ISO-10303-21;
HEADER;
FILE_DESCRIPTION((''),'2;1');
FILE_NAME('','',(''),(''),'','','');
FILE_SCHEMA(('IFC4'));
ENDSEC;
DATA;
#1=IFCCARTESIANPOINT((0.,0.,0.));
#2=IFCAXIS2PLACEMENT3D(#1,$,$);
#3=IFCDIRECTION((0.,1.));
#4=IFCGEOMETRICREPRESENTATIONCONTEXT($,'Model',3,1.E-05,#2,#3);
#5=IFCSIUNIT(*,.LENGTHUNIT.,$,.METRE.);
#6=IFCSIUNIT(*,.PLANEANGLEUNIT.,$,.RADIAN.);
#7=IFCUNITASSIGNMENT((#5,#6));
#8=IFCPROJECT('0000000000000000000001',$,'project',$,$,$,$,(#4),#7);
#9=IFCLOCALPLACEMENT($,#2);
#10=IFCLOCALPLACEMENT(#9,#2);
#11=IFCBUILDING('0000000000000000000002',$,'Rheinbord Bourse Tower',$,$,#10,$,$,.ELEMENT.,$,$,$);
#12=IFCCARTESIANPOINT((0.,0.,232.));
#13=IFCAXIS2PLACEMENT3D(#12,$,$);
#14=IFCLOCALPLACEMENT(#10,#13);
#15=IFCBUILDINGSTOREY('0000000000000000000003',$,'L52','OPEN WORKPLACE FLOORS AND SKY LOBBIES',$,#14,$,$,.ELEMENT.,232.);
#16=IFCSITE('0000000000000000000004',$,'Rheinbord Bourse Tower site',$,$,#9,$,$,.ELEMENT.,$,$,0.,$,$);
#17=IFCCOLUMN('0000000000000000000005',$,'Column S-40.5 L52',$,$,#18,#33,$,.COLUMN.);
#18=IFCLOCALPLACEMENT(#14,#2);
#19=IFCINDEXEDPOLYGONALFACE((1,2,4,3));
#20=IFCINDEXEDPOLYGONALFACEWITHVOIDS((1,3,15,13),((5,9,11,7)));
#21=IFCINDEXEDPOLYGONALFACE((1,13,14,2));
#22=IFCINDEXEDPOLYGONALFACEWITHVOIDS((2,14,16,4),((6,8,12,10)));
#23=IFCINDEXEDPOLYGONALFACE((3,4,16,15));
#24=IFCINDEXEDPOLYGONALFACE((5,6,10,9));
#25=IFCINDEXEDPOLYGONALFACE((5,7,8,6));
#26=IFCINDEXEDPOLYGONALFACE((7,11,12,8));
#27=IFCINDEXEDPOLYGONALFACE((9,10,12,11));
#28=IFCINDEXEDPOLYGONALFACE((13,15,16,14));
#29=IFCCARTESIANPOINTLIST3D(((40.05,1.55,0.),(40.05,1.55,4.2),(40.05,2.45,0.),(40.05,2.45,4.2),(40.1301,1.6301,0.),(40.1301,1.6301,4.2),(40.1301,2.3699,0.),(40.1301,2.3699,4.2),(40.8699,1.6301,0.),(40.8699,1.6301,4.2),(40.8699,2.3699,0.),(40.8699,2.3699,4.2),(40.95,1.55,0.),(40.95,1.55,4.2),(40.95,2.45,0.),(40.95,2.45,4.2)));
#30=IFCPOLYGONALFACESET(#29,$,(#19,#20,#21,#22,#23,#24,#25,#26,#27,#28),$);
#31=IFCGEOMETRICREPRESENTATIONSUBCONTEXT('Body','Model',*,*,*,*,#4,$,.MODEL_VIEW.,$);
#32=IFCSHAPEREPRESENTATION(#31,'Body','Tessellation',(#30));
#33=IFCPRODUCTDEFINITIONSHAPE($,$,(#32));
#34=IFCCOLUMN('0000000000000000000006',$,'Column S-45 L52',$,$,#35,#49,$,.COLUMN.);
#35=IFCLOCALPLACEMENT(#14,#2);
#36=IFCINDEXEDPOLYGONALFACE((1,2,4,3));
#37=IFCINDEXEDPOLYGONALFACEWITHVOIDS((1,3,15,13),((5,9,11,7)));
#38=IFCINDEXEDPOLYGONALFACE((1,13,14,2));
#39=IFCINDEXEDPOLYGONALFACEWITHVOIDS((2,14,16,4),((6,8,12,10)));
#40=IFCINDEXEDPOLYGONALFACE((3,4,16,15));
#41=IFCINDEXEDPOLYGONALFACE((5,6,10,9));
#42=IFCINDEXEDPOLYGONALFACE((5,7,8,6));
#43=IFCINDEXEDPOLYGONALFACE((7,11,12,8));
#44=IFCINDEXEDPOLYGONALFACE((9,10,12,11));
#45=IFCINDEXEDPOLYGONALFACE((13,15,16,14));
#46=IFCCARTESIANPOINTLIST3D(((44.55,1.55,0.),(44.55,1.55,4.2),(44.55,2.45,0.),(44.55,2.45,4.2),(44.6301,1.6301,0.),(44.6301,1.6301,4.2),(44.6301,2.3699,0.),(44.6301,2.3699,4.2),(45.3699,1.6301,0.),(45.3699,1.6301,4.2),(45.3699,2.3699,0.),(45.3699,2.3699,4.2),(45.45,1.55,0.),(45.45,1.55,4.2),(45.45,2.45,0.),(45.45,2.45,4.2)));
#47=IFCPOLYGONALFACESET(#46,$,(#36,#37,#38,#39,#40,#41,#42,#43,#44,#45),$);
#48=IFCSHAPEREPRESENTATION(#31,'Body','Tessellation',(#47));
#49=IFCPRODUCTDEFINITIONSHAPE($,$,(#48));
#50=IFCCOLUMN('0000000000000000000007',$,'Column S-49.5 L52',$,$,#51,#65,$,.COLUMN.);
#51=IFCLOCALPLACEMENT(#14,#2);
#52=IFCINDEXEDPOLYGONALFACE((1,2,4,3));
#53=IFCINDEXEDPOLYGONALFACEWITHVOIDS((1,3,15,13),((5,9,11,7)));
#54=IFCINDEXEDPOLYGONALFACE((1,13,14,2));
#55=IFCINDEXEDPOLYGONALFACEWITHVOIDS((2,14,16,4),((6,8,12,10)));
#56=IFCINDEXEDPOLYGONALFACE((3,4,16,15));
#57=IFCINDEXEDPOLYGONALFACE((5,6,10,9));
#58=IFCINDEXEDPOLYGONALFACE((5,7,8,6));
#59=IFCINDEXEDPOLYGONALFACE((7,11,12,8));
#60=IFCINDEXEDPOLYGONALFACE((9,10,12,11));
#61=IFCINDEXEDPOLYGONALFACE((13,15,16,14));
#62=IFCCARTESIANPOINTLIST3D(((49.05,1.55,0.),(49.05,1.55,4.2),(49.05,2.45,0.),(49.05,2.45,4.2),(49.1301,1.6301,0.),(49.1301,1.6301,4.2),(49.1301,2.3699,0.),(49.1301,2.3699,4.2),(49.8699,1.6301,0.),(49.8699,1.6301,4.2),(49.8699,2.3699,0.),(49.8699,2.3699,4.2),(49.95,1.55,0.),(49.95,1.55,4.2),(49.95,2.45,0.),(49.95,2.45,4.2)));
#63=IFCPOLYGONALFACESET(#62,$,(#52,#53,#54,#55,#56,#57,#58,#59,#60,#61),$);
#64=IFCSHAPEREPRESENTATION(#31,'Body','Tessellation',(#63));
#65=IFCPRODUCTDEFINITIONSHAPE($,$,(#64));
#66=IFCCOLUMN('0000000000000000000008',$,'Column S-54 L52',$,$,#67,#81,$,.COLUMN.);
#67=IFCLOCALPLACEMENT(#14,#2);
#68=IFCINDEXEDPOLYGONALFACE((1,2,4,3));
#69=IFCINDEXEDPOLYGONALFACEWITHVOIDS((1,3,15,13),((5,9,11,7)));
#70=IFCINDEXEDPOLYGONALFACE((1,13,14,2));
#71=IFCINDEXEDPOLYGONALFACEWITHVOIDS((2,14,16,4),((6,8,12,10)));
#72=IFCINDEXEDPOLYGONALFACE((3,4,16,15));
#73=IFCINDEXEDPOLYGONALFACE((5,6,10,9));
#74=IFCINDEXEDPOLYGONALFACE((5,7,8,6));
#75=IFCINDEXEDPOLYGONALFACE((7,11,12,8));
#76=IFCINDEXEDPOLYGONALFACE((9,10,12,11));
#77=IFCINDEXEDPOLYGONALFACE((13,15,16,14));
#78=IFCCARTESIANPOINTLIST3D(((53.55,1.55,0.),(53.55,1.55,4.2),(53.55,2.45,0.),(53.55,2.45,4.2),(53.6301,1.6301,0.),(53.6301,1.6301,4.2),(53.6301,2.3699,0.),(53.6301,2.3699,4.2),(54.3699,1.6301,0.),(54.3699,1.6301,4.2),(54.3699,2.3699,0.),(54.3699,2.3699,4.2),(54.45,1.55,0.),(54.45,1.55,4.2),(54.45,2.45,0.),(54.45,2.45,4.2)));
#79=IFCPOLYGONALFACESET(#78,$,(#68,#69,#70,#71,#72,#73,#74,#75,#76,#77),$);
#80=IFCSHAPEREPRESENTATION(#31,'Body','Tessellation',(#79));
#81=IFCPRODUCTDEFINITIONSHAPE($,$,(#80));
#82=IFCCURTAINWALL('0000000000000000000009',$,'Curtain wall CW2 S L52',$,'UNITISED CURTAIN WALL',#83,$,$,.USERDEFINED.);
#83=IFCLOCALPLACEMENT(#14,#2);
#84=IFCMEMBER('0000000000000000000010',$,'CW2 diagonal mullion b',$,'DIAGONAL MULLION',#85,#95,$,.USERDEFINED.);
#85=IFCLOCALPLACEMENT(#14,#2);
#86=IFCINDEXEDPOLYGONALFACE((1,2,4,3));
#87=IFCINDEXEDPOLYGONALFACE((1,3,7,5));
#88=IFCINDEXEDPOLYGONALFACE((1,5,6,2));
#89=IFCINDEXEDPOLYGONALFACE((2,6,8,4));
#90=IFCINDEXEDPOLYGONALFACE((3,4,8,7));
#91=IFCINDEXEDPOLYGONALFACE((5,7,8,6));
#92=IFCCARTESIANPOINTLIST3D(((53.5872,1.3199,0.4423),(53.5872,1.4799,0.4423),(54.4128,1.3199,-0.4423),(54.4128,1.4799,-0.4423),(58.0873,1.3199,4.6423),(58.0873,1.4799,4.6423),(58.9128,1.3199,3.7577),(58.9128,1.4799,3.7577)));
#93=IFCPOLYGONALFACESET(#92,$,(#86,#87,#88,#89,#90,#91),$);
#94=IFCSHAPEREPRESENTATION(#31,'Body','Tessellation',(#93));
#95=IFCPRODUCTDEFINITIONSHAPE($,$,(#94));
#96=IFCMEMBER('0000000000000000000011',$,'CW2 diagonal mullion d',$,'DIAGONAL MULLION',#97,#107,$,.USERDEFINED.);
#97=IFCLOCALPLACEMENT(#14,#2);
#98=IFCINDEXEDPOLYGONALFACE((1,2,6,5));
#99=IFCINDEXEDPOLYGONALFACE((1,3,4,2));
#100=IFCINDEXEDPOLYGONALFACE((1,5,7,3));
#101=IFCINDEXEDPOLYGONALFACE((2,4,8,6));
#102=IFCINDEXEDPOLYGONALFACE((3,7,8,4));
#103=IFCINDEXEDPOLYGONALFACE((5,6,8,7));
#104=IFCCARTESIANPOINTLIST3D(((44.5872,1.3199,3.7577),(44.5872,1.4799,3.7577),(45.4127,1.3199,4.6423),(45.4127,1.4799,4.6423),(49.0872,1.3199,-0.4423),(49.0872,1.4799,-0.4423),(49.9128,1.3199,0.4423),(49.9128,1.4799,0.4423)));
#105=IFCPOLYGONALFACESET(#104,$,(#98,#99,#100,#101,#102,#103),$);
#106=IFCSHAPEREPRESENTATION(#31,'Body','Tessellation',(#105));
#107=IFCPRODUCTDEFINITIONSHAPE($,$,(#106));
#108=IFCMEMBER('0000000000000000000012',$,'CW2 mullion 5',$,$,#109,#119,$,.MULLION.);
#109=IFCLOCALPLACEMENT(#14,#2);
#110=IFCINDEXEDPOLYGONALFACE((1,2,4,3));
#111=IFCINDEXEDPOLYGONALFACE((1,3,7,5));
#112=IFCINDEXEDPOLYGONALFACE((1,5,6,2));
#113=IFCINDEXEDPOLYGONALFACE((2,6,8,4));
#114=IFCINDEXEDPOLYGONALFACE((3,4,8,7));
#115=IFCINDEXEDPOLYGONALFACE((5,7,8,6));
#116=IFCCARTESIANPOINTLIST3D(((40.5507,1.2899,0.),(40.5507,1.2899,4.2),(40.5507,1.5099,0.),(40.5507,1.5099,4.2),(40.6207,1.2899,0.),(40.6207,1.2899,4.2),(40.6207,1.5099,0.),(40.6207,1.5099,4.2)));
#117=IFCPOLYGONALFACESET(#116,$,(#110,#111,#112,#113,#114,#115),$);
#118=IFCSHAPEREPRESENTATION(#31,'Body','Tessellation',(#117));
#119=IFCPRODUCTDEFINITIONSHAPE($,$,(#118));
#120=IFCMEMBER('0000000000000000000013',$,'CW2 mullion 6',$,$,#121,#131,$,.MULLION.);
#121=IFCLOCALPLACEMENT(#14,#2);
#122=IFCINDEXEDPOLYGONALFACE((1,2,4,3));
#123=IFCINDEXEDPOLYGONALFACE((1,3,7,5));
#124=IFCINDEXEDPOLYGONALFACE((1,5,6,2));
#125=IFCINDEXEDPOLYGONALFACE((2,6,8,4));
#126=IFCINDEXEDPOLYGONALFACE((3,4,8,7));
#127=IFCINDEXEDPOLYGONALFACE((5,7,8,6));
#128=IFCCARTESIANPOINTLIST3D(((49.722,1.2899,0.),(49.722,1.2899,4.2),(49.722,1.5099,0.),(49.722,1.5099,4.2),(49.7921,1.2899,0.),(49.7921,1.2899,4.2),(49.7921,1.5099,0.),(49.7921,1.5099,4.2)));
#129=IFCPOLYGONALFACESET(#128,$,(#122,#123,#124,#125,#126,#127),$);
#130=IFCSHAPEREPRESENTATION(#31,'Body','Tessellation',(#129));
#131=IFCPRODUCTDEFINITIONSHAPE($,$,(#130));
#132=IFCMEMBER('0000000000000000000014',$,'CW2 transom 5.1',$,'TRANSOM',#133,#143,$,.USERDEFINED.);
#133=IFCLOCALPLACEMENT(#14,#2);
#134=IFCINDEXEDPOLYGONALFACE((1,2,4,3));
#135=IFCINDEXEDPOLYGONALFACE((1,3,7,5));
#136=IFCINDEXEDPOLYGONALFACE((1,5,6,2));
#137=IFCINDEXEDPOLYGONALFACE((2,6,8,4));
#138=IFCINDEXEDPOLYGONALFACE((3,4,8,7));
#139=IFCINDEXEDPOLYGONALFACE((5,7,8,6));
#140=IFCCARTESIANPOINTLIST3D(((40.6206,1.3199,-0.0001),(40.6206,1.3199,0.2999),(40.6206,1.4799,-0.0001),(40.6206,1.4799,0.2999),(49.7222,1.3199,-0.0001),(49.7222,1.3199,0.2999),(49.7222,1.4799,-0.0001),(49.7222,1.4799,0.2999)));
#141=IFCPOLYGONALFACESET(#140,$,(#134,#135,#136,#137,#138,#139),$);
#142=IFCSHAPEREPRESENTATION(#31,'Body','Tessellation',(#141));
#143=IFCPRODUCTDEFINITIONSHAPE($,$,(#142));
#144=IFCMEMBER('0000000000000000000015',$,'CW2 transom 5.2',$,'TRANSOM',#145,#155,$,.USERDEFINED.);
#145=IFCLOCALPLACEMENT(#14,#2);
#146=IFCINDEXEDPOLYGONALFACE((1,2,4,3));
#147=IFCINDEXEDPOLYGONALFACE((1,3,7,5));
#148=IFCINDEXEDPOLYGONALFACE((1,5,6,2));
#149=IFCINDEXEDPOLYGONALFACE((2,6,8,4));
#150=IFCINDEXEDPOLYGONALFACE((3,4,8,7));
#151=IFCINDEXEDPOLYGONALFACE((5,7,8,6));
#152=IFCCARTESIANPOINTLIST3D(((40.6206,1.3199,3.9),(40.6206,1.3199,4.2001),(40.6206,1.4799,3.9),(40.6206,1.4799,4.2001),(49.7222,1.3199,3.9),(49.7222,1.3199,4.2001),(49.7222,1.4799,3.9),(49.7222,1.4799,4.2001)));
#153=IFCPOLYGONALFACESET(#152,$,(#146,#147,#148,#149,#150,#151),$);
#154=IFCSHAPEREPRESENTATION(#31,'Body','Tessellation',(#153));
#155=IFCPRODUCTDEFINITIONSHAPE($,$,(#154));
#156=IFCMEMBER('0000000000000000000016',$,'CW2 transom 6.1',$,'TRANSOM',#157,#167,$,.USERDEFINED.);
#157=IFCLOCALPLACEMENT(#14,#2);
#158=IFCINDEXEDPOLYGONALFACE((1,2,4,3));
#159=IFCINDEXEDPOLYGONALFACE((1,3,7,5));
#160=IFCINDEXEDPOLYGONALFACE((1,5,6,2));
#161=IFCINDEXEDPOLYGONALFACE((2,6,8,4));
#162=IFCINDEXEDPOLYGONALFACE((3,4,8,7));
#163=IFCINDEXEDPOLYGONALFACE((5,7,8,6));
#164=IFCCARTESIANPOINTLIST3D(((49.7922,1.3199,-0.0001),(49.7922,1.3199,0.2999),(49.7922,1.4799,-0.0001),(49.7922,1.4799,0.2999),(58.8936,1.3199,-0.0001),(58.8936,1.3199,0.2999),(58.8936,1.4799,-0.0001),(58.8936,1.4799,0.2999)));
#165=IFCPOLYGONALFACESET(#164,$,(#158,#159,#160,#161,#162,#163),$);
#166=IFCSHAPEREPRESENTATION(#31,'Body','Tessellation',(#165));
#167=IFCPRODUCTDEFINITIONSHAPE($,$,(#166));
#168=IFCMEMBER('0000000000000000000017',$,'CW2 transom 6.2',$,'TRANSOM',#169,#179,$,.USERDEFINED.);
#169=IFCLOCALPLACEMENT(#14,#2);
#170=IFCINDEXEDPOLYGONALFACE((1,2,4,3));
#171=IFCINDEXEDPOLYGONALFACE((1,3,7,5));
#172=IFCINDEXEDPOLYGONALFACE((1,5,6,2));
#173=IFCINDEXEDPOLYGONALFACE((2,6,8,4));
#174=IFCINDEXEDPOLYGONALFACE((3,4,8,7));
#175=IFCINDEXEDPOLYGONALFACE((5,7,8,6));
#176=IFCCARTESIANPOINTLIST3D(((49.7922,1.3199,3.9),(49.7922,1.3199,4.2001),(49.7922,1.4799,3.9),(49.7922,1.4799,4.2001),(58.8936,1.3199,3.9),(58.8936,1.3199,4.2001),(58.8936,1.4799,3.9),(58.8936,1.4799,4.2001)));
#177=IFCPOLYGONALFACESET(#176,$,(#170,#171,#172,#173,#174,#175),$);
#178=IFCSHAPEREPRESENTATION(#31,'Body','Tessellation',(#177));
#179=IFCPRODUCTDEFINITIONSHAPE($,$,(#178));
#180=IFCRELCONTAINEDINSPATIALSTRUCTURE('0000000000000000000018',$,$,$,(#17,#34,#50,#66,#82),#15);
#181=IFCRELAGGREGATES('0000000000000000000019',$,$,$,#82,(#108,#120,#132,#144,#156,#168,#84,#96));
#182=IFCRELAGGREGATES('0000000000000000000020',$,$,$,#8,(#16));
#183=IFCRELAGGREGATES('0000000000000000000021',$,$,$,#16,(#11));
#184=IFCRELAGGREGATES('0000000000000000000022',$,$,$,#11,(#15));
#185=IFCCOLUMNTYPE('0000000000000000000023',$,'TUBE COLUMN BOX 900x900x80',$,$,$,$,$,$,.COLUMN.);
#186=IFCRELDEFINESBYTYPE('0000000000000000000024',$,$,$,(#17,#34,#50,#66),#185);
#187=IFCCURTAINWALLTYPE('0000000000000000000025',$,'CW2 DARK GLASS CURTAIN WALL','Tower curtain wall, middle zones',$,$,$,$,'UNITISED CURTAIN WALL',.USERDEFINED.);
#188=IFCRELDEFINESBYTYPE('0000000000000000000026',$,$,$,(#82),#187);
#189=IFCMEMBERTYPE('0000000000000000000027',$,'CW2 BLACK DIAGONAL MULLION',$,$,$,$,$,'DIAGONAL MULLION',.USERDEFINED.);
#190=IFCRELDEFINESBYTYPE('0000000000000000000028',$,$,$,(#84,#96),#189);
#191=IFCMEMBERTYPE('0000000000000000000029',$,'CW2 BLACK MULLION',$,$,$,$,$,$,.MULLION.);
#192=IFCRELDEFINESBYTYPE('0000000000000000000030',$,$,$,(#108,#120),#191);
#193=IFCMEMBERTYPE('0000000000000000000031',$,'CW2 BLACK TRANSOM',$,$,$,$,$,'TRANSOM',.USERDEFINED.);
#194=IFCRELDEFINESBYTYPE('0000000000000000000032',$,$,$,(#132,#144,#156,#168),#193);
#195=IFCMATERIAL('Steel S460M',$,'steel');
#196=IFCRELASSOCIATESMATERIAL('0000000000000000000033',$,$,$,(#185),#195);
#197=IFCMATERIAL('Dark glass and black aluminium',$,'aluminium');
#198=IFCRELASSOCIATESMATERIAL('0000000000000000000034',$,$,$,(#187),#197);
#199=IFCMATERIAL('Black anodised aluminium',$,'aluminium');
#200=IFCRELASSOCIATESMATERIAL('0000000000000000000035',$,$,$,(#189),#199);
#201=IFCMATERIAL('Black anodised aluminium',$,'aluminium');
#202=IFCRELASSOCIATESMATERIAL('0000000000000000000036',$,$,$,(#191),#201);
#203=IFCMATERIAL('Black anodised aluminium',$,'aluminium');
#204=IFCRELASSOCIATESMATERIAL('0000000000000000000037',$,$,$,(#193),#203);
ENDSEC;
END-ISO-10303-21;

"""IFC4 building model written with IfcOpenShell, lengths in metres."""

from ifc_helpers import new_model, si_unit, direction, frame, origin, origin_2d, place, context, subcontext, project, spatial, rectangle, hollow_rectangle, extrude, material, material_profile, profile_set, type_object, element, aggregate, save


model = new_model("IFC4")

# Units and contexts
model_context = context("Model", 3, precision=1e-05, world=origin(), true_north=direction((0.0, 1.0)))
body_context = subcontext(model_context, "Body", "Model", "MODEL_VIEW")
ifc_project = project(units=[si_unit("LENGTHUNIT", "METRE"), si_unit("PLANEANGLEUNIT", "RADIAN")], contexts=[model_context])

# Site, building, storey
site_placement = place(None, origin())
site = spatial("IfcSite", under=ifc_project, at=site_placement, Name="Rheinbord Bourse Tower site", CompositionType="ELEMENT", RefElevation=0.0)
building_placement = place(site_placement, origin())
building = spatial("IfcBuilding", under=site, at=building_placement, Name="Rheinbord Bourse Tower", CompositionType="ELEMENT")
storey_placement = place(building_placement, frame((0.0, 0.0, 232.0)))
storey = spatial("IfcBuildingStorey", under=building, at=storey_placement, Name="L52", Description="OPEN WORKPLACE FLOORS AND SKY LOBBIES", CompositionType="ELEMENT", Elevation=232.0)

# Columns
ifc_material_1 = material(Name="Steel S460M", Category="steel")
ifc_material_profile_1 = material_profile(ifc_material_1, hollow_rectangle(XDim=0.8999, YDim=0.8999, WallThickness=0.0801, at=origin_2d()), Name="BOX 900x900x80")
ifc_profile_set_1 = profile_set([ifc_material_profile_1], Name="Steel S460M")
column_type = type_object("IfcColumnType", Name="TUBE COLUMN BOX 900x900x80", PredefinedType="COLUMN", material=ifc_profile_set_1)
for number, where, z_axis, x_axis, name in (
    (1, (40.5, 2.0, 0.0), (0.0, 0.0, 1.0), (0.0, 1.0, 0.0), "Column S-40.5 L52"),
    (2, (45.0, 2.0, 0.0), (0.0, 0.0, 1.0), (0.0, 1.0, 0.0), "Column S-45 L52"),
    (3, (49.5, 2.0, 0.0), (0.0, 0.0, 1.0), (0.0, 1.0, 0.0), "Column S-49.5 L52"),
    (4, (54.0, 2.0, 0.0), (0.0, 0.0, 1.0), (0.0, 1.0, 0.0), "Column S-54 L52"),
):
    element("IfcColumn", number, at=place(storey_placement, frame(where, z_axis=z_axis, x_axis=x_axis)), inside=storey, type_object=column_type, Name=name, PredefinedType="COLUMN", context=body_context, shape_type="SweptSolid", body=[
        extrude(hollow_rectangle(XDim=0.8999, YDim=0.8999, WallThickness=0.0801, at=origin_2d()), origin(), (0.0, 0.0, 1.0), 4.2),
    ])

# Curtain wall, members
ifc_material_2 = material(Name="Dark glass and black aluminium", Category="aluminium")
curtain_wall_type = type_object("IfcCurtainWallType", Name="CW2 DARK GLASS CURTAIN WALL", Description="Tower curtain wall, middle zones", ElementType="UNITISED CURTAIN WALL", PredefinedType="USERDEFINED", material=ifc_material_2)
curtain_wall_placement = place(storey_placement, origin())
curtain_wall = element("IfcCurtainWall", 5, at=curtain_wall_placement, inside=storey, type_object=curtain_wall_type, Name="Curtain wall CW2 S L52", ObjectType="UNITISED CURTAIN WALL", PredefinedType="USERDEFINED")
ifc_material_3 = material(Name="Black anodised aluminium", Category="aluminium")
ifc_material_profile_2 = material_profile(ifc_material_3, rectangle(XDim=0.1599, YDim=1.21, at=origin_2d()), Name="CW2 DIAGONAL MULLION 1210x160")
ifc_profile_set_2 = profile_set([ifc_material_profile_2], Name="Black anodised aluminium")
member_type_1 = type_object("IfcMemberType", Name="CW2 BLACK DIAGONAL MULLION", ElementType="DIAGONAL MULLION", PredefinedType="USERDEFINED", material=ifc_profile_set_2)
member_1_placement = place(storey_placement, frame((54.0, 1.3999, 0.0), z_axis=(0.731059, 0.0, 0.682314), x_axis=(0.0, 1.0, 0.0)))
member_1 = element("IfcMember", 6, at=member_1_placement, type_object=member_type_1, Name="CW2 diagonal mullion b", ObjectType="DIAGONAL MULLION", PredefinedType="USERDEFINED", context=body_context, shape_type="SweptSolid", body=[
    extrude(rectangle(XDim=0.1599, YDim=1.21, at=origin_2d()), origin(), (0.0, 0.0, 1.0), 6.1555),
])
member_2_placement = place(storey_placement, frame((49.5, 1.3999, 0.0), z_axis=(-0.731059, 0.0, 0.682314), x_axis=(0.0, -1.0, 0.0)))
member_2 = element("IfcMember", 7, at=member_2_placement, type_object=member_type_1, Name="CW2 diagonal mullion d", ObjectType="DIAGONAL MULLION", PredefinedType="USERDEFINED", context=body_context, shape_type="SweptSolid", body=[
    extrude(rectangle(XDim=0.1599, YDim=1.21, at=origin_2d()), origin(), (0.0, 0.0, 1.0), 6.1555),
])
ifc_material_4 = material(Name="Black anodised aluminium", Category="aluminium")
ifc_material_profile_3 = material_profile(ifc_material_4, rectangle(XDim=0.22, YDim=0.0701, at=origin_2d()), Name="CW2 MULLION 70x220")
ifc_profile_set_3 = profile_set([ifc_material_profile_3], Name="Black anodised aluminium")
member_type_2 = type_object("IfcMemberType", Name="CW2 BLACK MULLION", PredefinedType="MULLION", material=ifc_profile_set_3)
member_3_placement = place(storey_placement, frame((40.5857, 1.3999, 0.0), z_axis=(0.0, 0.0, 1.0), x_axis=(0.0, 1.0, 0.0)))
member_3 = element("IfcMember", 8, at=member_3_placement, type_object=member_type_2, Name="CW2 mullion 5", PredefinedType="MULLION", context=body_context, shape_type="SweptSolid", body=[
    extrude(rectangle(XDim=0.22, YDim=0.0701, at=origin_2d()), origin(), (0.0, 0.0, 1.0), 4.2),
])
member_4_placement = place(storey_placement, frame((49.7571, 1.3999, 0.0), z_axis=(0.0, 0.0, 1.0), x_axis=(0.0, 1.0, 0.0)))
member_4 = element("IfcMember", 9, at=member_4_placement, type_object=member_type_2, Name="CW2 mullion 6", PredefinedType="MULLION", context=body_context, shape_type="SweptSolid", body=[
    extrude(rectangle(XDim=0.22, YDim=0.0701, at=origin_2d()), origin(), (0.0, 0.0, 1.0), 4.2),
])
ifc_material_5 = material(Name="Black anodised aluminium", Category="aluminium")
ifc_material_profile_4 = material_profile(ifc_material_5, rectangle(XDim=0.1599, YDim=0.3, at=origin_2d()), Name="CW2 TRANSOM 300x160")
ifc_profile_set_4 = profile_set([ifc_material_profile_4], Name="Black anodised aluminium")
member_type_3 = type_object("IfcMemberType", Name="CW2 BLACK TRANSOM", ElementType="TRANSOM", PredefinedType="USERDEFINED", material=ifc_profile_set_4)
member_5_placement = place(storey_placement, frame((40.6206, 1.3999, 0.1499), z_axis=(1.0, 0.0, 0.0), x_axis=(0.0, 1.0, 0.0)))
member_5 = element("IfcMember", 10, at=member_5_placement, type_object=member_type_3, Name="CW2 transom 5.1", ObjectType="TRANSOM", PredefinedType="USERDEFINED", context=body_context, shape_type="SweptSolid", body=[
    extrude(rectangle(XDim=0.1599, YDim=0.3, at=origin_2d()), origin(), (0.0, 0.0, 1.0), 9.1016),
])
member_6_placement = place(storey_placement, frame((40.6206, 1.3999, 4.05), z_axis=(1.0, 0.0, 0.0), x_axis=(0.0, 1.0, 0.0)))
member_6 = element("IfcMember", 11, at=member_6_placement, type_object=member_type_3, Name="CW2 transom 5.2", ObjectType="TRANSOM", PredefinedType="USERDEFINED", context=body_context, shape_type="SweptSolid", body=[
    extrude(rectangle(XDim=0.1599, YDim=0.3, at=origin_2d()), origin(), (0.0, 0.0, 1.0), 9.1016),
])
member_7_placement = place(storey_placement, frame((49.7922, 1.3999, 0.1499), z_axis=(1.0, 0.0, 0.0), x_axis=(0.0, 1.0, 0.0)))
member_7 = element("IfcMember", 12, at=member_7_placement, type_object=member_type_3, Name="CW2 transom 6.1", ObjectType="TRANSOM", PredefinedType="USERDEFINED", context=body_context, shape_type="SweptSolid", body=[
    extrude(rectangle(XDim=0.1599, YDim=0.3, at=origin_2d()), origin(), (0.0, 0.0, 1.0), 9.1013),
])
member_8_placement = place(storey_placement, frame((49.7922, 1.3999, 4.05), z_axis=(1.0, 0.0, 0.0), x_axis=(0.0, 1.0, 0.0)))
member_8 = element("IfcMember", 13, at=member_8_placement, type_object=member_type_3, Name="CW2 transom 6.2", ObjectType="TRANSOM", PredefinedType="USERDEFINED", context=body_context, shape_type="SweptSolid", body=[
    extrude(rectangle(XDim=0.1599, YDim=0.3, at=origin_2d()), origin(), (0.0, 0.0, 1.0), 9.1013),
])

aggregate(curtain_wall, [member_3, member_4, member_5, member_6, member_7, member_8, member_1, member_2])

save(model, "model.ifc")
